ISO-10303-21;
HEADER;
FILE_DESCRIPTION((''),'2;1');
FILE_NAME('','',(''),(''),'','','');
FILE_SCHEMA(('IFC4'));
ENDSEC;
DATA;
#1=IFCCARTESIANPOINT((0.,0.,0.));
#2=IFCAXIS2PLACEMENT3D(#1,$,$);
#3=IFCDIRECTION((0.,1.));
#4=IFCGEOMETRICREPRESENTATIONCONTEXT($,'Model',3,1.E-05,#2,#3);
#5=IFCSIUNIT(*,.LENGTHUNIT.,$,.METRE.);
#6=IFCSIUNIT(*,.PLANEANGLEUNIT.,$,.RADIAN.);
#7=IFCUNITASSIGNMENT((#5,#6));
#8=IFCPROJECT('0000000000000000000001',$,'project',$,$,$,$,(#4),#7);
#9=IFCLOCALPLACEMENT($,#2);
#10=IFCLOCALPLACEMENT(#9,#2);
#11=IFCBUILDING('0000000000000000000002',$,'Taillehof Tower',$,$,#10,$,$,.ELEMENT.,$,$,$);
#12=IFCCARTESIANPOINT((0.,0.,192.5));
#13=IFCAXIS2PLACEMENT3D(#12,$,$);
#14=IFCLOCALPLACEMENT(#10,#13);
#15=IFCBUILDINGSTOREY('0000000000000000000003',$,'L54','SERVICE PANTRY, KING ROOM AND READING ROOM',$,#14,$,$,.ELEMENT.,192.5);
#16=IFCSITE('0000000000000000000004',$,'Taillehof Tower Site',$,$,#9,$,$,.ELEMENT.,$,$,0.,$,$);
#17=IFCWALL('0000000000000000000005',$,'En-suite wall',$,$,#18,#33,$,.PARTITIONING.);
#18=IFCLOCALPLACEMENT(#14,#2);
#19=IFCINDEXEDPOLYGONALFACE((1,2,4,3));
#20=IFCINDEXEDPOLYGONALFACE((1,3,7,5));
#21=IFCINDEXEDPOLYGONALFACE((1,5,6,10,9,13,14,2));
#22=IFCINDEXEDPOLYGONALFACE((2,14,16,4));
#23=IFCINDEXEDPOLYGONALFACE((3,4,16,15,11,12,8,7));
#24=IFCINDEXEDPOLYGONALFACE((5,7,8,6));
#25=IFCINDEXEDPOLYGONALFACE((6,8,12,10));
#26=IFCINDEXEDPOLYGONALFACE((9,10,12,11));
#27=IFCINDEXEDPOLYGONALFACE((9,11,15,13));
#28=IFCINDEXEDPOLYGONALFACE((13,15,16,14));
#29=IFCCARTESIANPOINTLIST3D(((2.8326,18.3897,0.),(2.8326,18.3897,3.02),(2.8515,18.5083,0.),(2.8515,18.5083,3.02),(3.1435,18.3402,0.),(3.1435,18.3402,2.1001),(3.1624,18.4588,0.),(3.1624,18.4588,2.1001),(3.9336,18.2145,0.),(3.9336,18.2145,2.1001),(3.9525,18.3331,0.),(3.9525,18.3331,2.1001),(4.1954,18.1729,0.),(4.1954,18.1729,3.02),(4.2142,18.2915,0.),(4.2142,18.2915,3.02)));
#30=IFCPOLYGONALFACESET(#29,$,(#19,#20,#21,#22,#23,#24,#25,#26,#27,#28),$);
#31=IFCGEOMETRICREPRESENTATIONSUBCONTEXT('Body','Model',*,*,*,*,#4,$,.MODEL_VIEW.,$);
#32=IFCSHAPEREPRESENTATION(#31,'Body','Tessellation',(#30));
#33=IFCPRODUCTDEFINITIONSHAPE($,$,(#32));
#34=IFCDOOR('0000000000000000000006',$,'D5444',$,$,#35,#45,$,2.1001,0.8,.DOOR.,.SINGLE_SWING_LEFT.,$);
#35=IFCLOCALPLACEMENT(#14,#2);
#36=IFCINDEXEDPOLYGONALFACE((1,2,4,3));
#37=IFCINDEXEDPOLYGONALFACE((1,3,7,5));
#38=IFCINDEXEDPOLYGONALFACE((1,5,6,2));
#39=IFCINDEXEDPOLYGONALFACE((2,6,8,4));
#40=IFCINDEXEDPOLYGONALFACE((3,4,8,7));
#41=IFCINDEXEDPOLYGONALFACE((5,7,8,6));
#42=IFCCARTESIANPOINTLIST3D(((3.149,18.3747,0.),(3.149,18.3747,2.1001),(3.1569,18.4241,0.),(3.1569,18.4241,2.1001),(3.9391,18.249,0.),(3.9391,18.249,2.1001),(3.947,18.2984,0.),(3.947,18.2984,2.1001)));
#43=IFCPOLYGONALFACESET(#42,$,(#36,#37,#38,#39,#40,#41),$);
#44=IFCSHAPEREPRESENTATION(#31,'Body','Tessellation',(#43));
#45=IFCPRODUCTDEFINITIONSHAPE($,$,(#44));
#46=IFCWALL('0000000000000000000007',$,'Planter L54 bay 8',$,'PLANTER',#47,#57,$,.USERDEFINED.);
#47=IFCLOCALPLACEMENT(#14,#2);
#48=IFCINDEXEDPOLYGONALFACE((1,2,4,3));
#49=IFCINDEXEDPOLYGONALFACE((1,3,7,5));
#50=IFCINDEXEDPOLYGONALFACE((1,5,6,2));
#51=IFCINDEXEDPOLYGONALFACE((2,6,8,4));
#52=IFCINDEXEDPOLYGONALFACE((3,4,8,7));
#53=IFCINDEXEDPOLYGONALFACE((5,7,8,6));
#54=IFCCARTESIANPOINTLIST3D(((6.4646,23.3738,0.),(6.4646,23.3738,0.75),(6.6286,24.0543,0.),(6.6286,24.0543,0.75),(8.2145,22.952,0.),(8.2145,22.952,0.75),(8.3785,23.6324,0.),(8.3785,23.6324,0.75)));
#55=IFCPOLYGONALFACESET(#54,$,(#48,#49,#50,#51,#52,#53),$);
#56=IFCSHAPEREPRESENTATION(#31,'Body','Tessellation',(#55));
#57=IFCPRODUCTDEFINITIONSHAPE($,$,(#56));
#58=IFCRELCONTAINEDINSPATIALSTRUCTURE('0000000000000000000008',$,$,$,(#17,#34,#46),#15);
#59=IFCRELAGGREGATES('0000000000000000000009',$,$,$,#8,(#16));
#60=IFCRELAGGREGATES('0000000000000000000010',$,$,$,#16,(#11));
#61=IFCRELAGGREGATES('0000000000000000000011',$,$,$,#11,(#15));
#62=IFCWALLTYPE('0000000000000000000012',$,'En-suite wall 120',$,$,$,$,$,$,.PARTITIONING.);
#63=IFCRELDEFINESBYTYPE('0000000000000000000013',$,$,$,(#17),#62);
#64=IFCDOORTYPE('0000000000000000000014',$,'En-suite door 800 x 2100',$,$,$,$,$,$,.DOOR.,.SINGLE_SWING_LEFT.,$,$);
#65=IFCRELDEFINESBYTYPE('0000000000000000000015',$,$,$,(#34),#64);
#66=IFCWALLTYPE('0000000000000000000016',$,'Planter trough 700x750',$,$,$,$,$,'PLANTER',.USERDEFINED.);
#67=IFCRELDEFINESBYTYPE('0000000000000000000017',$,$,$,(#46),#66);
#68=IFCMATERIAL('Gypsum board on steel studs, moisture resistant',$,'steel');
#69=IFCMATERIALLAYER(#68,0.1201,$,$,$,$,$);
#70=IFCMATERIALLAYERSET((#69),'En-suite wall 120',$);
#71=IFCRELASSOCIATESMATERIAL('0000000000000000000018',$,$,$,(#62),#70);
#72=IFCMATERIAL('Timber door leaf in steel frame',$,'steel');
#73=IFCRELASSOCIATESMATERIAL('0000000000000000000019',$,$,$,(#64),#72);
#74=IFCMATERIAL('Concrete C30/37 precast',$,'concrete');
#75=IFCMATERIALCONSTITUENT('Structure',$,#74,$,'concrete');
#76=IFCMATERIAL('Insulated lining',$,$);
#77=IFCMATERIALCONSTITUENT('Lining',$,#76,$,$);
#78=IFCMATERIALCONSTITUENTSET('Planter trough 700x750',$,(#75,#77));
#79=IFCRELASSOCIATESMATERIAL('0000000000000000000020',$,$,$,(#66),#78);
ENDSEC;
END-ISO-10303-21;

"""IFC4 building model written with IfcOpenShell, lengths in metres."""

from ifc_helpers import new_model, si_unit, direction, frame, frame_2d, origin, place, context, subcontext, project, spatial, rectangle, extrude, material, layer, layer_set, constituent, constituent_set, type_object, element, fill, save


model = new_model("IFC4")

# Units and contexts
model_context = context("Model", 3, precision=1e-05, world=origin(), true_north=direction((0.0, 1.0)))
body_context = subcontext(model_context, "Body", "Model", "MODEL_VIEW")
ifc_project = project(units=[si_unit("LENGTHUNIT", "METRE"), si_unit("PLANEANGLEUNIT", "RADIAN")], contexts=[model_context])

# Site, building, storey
site_placement = place(None, origin())
site = spatial("IfcSite", under=ifc_project, at=site_placement, Name="Taillehof Tower Site", CompositionType="ELEMENT", RefElevation=0.0)
building_placement = place(site_placement, origin())
building = spatial("IfcBuilding", under=site, at=building_placement, Name="Taillehof Tower", CompositionType="ELEMENT")
storey_placement = place(building_placement, frame((0.0, 0.0, 192.5)))
storey = spatial("IfcBuildingStorey", under=building, at=storey_placement, Name="L54", Description="SERVICE PANTRY, KING ROOM AND READING ROOM", CompositionType="ELEMENT", Elevation=192.5)

# Shared definitions
ifc_material_1 = material(Name="Gypsum board on steel studs, moisture resistant", Category="steel")
ifc_layer_1 = layer(ifc_material_1, 0.1201)
ifc_layer_set_1 = layer_set([ifc_layer_1], Name="En-suite wall 120")
wall_type_1 = type_object("IfcWallType", Name="En-suite wall 120", PredefinedType="PARTITIONING", material=ifc_layer_set_1)

# Wall, opening, door
wall_1_placement = place(storey_placement, frame((2.842, 18.449, 0.0), z_axis=(0.0, 0.0, 1.0), x_axis=(0.987582, -0.157107, 0.0)))
wall_1 = element("IfcWall", 1, at=wall_1_placement, inside=storey, type_object=wall_type_1, Name="En-suite wall", PredefinedType="PARTITIONING", context=body_context, shape_type="SweptSolid", body=[
    extrude(rectangle(XDim=1.3799, YDim=0.1201, at=frame_2d((0.6899, 0.0))), origin(), (0.0, 0.0, 1.0), 3.02),
])
opening_1_placement = place(wall_1_placement, frame((0.3149, 0.0, 0.0)))
opening_1 = element("IfcOpeningElement", 2, at=opening_1_placement, cuts=wall_1, PredefinedType="OPENING", context=body_context, shape_type="SweptSolid", body=[
    extrude(rectangle(XDim=0.8, YDim=2.1001, at=frame_2d((0.3999, 1.05))), frame((0.0, 0.0701, 0.0), z_axis=(0.0, -1.0, 0.0), x_axis=(1.0, 0.0, 0.0)), (0.0, 0.0, 1.0), 0.1401),
])
ifc_material_2 = material(Name="Timber door leaf in steel frame", Category="steel")
door_type_1 = type_object("IfcDoorType", Name="En-suite door 800 x 2100", OperationType="SINGLE_SWING_LEFT", PredefinedType="DOOR", material=ifc_material_2)
door_1_placement = place(opening_1_placement, origin())
door_1 = element("IfcDoor", 3, at=door_1_placement, inside=storey, type_object=door_type_1, Name="D5444", OperationType="SINGLE_SWING_LEFT", OverallHeight=2.1001, OverallWidth=0.8, PredefinedType="DOOR", context=body_context, shape_type="SweptSolid", body=[
    extrude(rectangle(XDim=0.8, YDim=2.1001, at=frame_2d((0.3999, 1.05))), frame((0.0, 0.0249, 0.0), z_axis=(0.0, -1.0, 0.0), x_axis=(1.0, 0.0, 0.0)), (0.0, 0.0, 1.0), 0.05),
])
fill(opening_1, door_1)

# Wall
ifc_material_3 = material(Name="Concrete C30/37 precast", Category="concrete")
ifc_constituent_1 = constituent(ifc_material_3, Name="Structure", Category="concrete")
ifc_material_4 = material(Name="Insulated lining")
ifc_constituent_2 = constituent(ifc_material_4, Name="Lining")
ifc_constituent_set = constituent_set(constituents=[ifc_constituent_1, ifc_constituent_2], Name="Planter trough 700x750")
wall_type_2 = type_object("IfcWallType", Name="Planter trough 700x750", ElementType="PLANTER", PredefinedType="USERDEFINED", material=ifc_constituent_set)
wall_2_placement = place(storey_placement, frame((8.2964, 23.2922, 0.0), z_axis=(0.0, 0.0, 1.0), x_axis=(-0.97215, 0.234358, 0.0)))
element("IfcWall", 4, at=wall_2_placement, inside=storey, type_object=wall_type_2, Name="Planter L54 bay 8", ObjectType="PLANTER", PredefinedType="USERDEFINED", context=body_context, shape_type="SweptSolid", body=[
    extrude(rectangle(XDim=1.8, YDim=0.7, at=frame_2d((0.8999, 0.0))), origin(), (0.0, 0.0, 1.0), 0.75),
])

save(model, "model.ifc")
